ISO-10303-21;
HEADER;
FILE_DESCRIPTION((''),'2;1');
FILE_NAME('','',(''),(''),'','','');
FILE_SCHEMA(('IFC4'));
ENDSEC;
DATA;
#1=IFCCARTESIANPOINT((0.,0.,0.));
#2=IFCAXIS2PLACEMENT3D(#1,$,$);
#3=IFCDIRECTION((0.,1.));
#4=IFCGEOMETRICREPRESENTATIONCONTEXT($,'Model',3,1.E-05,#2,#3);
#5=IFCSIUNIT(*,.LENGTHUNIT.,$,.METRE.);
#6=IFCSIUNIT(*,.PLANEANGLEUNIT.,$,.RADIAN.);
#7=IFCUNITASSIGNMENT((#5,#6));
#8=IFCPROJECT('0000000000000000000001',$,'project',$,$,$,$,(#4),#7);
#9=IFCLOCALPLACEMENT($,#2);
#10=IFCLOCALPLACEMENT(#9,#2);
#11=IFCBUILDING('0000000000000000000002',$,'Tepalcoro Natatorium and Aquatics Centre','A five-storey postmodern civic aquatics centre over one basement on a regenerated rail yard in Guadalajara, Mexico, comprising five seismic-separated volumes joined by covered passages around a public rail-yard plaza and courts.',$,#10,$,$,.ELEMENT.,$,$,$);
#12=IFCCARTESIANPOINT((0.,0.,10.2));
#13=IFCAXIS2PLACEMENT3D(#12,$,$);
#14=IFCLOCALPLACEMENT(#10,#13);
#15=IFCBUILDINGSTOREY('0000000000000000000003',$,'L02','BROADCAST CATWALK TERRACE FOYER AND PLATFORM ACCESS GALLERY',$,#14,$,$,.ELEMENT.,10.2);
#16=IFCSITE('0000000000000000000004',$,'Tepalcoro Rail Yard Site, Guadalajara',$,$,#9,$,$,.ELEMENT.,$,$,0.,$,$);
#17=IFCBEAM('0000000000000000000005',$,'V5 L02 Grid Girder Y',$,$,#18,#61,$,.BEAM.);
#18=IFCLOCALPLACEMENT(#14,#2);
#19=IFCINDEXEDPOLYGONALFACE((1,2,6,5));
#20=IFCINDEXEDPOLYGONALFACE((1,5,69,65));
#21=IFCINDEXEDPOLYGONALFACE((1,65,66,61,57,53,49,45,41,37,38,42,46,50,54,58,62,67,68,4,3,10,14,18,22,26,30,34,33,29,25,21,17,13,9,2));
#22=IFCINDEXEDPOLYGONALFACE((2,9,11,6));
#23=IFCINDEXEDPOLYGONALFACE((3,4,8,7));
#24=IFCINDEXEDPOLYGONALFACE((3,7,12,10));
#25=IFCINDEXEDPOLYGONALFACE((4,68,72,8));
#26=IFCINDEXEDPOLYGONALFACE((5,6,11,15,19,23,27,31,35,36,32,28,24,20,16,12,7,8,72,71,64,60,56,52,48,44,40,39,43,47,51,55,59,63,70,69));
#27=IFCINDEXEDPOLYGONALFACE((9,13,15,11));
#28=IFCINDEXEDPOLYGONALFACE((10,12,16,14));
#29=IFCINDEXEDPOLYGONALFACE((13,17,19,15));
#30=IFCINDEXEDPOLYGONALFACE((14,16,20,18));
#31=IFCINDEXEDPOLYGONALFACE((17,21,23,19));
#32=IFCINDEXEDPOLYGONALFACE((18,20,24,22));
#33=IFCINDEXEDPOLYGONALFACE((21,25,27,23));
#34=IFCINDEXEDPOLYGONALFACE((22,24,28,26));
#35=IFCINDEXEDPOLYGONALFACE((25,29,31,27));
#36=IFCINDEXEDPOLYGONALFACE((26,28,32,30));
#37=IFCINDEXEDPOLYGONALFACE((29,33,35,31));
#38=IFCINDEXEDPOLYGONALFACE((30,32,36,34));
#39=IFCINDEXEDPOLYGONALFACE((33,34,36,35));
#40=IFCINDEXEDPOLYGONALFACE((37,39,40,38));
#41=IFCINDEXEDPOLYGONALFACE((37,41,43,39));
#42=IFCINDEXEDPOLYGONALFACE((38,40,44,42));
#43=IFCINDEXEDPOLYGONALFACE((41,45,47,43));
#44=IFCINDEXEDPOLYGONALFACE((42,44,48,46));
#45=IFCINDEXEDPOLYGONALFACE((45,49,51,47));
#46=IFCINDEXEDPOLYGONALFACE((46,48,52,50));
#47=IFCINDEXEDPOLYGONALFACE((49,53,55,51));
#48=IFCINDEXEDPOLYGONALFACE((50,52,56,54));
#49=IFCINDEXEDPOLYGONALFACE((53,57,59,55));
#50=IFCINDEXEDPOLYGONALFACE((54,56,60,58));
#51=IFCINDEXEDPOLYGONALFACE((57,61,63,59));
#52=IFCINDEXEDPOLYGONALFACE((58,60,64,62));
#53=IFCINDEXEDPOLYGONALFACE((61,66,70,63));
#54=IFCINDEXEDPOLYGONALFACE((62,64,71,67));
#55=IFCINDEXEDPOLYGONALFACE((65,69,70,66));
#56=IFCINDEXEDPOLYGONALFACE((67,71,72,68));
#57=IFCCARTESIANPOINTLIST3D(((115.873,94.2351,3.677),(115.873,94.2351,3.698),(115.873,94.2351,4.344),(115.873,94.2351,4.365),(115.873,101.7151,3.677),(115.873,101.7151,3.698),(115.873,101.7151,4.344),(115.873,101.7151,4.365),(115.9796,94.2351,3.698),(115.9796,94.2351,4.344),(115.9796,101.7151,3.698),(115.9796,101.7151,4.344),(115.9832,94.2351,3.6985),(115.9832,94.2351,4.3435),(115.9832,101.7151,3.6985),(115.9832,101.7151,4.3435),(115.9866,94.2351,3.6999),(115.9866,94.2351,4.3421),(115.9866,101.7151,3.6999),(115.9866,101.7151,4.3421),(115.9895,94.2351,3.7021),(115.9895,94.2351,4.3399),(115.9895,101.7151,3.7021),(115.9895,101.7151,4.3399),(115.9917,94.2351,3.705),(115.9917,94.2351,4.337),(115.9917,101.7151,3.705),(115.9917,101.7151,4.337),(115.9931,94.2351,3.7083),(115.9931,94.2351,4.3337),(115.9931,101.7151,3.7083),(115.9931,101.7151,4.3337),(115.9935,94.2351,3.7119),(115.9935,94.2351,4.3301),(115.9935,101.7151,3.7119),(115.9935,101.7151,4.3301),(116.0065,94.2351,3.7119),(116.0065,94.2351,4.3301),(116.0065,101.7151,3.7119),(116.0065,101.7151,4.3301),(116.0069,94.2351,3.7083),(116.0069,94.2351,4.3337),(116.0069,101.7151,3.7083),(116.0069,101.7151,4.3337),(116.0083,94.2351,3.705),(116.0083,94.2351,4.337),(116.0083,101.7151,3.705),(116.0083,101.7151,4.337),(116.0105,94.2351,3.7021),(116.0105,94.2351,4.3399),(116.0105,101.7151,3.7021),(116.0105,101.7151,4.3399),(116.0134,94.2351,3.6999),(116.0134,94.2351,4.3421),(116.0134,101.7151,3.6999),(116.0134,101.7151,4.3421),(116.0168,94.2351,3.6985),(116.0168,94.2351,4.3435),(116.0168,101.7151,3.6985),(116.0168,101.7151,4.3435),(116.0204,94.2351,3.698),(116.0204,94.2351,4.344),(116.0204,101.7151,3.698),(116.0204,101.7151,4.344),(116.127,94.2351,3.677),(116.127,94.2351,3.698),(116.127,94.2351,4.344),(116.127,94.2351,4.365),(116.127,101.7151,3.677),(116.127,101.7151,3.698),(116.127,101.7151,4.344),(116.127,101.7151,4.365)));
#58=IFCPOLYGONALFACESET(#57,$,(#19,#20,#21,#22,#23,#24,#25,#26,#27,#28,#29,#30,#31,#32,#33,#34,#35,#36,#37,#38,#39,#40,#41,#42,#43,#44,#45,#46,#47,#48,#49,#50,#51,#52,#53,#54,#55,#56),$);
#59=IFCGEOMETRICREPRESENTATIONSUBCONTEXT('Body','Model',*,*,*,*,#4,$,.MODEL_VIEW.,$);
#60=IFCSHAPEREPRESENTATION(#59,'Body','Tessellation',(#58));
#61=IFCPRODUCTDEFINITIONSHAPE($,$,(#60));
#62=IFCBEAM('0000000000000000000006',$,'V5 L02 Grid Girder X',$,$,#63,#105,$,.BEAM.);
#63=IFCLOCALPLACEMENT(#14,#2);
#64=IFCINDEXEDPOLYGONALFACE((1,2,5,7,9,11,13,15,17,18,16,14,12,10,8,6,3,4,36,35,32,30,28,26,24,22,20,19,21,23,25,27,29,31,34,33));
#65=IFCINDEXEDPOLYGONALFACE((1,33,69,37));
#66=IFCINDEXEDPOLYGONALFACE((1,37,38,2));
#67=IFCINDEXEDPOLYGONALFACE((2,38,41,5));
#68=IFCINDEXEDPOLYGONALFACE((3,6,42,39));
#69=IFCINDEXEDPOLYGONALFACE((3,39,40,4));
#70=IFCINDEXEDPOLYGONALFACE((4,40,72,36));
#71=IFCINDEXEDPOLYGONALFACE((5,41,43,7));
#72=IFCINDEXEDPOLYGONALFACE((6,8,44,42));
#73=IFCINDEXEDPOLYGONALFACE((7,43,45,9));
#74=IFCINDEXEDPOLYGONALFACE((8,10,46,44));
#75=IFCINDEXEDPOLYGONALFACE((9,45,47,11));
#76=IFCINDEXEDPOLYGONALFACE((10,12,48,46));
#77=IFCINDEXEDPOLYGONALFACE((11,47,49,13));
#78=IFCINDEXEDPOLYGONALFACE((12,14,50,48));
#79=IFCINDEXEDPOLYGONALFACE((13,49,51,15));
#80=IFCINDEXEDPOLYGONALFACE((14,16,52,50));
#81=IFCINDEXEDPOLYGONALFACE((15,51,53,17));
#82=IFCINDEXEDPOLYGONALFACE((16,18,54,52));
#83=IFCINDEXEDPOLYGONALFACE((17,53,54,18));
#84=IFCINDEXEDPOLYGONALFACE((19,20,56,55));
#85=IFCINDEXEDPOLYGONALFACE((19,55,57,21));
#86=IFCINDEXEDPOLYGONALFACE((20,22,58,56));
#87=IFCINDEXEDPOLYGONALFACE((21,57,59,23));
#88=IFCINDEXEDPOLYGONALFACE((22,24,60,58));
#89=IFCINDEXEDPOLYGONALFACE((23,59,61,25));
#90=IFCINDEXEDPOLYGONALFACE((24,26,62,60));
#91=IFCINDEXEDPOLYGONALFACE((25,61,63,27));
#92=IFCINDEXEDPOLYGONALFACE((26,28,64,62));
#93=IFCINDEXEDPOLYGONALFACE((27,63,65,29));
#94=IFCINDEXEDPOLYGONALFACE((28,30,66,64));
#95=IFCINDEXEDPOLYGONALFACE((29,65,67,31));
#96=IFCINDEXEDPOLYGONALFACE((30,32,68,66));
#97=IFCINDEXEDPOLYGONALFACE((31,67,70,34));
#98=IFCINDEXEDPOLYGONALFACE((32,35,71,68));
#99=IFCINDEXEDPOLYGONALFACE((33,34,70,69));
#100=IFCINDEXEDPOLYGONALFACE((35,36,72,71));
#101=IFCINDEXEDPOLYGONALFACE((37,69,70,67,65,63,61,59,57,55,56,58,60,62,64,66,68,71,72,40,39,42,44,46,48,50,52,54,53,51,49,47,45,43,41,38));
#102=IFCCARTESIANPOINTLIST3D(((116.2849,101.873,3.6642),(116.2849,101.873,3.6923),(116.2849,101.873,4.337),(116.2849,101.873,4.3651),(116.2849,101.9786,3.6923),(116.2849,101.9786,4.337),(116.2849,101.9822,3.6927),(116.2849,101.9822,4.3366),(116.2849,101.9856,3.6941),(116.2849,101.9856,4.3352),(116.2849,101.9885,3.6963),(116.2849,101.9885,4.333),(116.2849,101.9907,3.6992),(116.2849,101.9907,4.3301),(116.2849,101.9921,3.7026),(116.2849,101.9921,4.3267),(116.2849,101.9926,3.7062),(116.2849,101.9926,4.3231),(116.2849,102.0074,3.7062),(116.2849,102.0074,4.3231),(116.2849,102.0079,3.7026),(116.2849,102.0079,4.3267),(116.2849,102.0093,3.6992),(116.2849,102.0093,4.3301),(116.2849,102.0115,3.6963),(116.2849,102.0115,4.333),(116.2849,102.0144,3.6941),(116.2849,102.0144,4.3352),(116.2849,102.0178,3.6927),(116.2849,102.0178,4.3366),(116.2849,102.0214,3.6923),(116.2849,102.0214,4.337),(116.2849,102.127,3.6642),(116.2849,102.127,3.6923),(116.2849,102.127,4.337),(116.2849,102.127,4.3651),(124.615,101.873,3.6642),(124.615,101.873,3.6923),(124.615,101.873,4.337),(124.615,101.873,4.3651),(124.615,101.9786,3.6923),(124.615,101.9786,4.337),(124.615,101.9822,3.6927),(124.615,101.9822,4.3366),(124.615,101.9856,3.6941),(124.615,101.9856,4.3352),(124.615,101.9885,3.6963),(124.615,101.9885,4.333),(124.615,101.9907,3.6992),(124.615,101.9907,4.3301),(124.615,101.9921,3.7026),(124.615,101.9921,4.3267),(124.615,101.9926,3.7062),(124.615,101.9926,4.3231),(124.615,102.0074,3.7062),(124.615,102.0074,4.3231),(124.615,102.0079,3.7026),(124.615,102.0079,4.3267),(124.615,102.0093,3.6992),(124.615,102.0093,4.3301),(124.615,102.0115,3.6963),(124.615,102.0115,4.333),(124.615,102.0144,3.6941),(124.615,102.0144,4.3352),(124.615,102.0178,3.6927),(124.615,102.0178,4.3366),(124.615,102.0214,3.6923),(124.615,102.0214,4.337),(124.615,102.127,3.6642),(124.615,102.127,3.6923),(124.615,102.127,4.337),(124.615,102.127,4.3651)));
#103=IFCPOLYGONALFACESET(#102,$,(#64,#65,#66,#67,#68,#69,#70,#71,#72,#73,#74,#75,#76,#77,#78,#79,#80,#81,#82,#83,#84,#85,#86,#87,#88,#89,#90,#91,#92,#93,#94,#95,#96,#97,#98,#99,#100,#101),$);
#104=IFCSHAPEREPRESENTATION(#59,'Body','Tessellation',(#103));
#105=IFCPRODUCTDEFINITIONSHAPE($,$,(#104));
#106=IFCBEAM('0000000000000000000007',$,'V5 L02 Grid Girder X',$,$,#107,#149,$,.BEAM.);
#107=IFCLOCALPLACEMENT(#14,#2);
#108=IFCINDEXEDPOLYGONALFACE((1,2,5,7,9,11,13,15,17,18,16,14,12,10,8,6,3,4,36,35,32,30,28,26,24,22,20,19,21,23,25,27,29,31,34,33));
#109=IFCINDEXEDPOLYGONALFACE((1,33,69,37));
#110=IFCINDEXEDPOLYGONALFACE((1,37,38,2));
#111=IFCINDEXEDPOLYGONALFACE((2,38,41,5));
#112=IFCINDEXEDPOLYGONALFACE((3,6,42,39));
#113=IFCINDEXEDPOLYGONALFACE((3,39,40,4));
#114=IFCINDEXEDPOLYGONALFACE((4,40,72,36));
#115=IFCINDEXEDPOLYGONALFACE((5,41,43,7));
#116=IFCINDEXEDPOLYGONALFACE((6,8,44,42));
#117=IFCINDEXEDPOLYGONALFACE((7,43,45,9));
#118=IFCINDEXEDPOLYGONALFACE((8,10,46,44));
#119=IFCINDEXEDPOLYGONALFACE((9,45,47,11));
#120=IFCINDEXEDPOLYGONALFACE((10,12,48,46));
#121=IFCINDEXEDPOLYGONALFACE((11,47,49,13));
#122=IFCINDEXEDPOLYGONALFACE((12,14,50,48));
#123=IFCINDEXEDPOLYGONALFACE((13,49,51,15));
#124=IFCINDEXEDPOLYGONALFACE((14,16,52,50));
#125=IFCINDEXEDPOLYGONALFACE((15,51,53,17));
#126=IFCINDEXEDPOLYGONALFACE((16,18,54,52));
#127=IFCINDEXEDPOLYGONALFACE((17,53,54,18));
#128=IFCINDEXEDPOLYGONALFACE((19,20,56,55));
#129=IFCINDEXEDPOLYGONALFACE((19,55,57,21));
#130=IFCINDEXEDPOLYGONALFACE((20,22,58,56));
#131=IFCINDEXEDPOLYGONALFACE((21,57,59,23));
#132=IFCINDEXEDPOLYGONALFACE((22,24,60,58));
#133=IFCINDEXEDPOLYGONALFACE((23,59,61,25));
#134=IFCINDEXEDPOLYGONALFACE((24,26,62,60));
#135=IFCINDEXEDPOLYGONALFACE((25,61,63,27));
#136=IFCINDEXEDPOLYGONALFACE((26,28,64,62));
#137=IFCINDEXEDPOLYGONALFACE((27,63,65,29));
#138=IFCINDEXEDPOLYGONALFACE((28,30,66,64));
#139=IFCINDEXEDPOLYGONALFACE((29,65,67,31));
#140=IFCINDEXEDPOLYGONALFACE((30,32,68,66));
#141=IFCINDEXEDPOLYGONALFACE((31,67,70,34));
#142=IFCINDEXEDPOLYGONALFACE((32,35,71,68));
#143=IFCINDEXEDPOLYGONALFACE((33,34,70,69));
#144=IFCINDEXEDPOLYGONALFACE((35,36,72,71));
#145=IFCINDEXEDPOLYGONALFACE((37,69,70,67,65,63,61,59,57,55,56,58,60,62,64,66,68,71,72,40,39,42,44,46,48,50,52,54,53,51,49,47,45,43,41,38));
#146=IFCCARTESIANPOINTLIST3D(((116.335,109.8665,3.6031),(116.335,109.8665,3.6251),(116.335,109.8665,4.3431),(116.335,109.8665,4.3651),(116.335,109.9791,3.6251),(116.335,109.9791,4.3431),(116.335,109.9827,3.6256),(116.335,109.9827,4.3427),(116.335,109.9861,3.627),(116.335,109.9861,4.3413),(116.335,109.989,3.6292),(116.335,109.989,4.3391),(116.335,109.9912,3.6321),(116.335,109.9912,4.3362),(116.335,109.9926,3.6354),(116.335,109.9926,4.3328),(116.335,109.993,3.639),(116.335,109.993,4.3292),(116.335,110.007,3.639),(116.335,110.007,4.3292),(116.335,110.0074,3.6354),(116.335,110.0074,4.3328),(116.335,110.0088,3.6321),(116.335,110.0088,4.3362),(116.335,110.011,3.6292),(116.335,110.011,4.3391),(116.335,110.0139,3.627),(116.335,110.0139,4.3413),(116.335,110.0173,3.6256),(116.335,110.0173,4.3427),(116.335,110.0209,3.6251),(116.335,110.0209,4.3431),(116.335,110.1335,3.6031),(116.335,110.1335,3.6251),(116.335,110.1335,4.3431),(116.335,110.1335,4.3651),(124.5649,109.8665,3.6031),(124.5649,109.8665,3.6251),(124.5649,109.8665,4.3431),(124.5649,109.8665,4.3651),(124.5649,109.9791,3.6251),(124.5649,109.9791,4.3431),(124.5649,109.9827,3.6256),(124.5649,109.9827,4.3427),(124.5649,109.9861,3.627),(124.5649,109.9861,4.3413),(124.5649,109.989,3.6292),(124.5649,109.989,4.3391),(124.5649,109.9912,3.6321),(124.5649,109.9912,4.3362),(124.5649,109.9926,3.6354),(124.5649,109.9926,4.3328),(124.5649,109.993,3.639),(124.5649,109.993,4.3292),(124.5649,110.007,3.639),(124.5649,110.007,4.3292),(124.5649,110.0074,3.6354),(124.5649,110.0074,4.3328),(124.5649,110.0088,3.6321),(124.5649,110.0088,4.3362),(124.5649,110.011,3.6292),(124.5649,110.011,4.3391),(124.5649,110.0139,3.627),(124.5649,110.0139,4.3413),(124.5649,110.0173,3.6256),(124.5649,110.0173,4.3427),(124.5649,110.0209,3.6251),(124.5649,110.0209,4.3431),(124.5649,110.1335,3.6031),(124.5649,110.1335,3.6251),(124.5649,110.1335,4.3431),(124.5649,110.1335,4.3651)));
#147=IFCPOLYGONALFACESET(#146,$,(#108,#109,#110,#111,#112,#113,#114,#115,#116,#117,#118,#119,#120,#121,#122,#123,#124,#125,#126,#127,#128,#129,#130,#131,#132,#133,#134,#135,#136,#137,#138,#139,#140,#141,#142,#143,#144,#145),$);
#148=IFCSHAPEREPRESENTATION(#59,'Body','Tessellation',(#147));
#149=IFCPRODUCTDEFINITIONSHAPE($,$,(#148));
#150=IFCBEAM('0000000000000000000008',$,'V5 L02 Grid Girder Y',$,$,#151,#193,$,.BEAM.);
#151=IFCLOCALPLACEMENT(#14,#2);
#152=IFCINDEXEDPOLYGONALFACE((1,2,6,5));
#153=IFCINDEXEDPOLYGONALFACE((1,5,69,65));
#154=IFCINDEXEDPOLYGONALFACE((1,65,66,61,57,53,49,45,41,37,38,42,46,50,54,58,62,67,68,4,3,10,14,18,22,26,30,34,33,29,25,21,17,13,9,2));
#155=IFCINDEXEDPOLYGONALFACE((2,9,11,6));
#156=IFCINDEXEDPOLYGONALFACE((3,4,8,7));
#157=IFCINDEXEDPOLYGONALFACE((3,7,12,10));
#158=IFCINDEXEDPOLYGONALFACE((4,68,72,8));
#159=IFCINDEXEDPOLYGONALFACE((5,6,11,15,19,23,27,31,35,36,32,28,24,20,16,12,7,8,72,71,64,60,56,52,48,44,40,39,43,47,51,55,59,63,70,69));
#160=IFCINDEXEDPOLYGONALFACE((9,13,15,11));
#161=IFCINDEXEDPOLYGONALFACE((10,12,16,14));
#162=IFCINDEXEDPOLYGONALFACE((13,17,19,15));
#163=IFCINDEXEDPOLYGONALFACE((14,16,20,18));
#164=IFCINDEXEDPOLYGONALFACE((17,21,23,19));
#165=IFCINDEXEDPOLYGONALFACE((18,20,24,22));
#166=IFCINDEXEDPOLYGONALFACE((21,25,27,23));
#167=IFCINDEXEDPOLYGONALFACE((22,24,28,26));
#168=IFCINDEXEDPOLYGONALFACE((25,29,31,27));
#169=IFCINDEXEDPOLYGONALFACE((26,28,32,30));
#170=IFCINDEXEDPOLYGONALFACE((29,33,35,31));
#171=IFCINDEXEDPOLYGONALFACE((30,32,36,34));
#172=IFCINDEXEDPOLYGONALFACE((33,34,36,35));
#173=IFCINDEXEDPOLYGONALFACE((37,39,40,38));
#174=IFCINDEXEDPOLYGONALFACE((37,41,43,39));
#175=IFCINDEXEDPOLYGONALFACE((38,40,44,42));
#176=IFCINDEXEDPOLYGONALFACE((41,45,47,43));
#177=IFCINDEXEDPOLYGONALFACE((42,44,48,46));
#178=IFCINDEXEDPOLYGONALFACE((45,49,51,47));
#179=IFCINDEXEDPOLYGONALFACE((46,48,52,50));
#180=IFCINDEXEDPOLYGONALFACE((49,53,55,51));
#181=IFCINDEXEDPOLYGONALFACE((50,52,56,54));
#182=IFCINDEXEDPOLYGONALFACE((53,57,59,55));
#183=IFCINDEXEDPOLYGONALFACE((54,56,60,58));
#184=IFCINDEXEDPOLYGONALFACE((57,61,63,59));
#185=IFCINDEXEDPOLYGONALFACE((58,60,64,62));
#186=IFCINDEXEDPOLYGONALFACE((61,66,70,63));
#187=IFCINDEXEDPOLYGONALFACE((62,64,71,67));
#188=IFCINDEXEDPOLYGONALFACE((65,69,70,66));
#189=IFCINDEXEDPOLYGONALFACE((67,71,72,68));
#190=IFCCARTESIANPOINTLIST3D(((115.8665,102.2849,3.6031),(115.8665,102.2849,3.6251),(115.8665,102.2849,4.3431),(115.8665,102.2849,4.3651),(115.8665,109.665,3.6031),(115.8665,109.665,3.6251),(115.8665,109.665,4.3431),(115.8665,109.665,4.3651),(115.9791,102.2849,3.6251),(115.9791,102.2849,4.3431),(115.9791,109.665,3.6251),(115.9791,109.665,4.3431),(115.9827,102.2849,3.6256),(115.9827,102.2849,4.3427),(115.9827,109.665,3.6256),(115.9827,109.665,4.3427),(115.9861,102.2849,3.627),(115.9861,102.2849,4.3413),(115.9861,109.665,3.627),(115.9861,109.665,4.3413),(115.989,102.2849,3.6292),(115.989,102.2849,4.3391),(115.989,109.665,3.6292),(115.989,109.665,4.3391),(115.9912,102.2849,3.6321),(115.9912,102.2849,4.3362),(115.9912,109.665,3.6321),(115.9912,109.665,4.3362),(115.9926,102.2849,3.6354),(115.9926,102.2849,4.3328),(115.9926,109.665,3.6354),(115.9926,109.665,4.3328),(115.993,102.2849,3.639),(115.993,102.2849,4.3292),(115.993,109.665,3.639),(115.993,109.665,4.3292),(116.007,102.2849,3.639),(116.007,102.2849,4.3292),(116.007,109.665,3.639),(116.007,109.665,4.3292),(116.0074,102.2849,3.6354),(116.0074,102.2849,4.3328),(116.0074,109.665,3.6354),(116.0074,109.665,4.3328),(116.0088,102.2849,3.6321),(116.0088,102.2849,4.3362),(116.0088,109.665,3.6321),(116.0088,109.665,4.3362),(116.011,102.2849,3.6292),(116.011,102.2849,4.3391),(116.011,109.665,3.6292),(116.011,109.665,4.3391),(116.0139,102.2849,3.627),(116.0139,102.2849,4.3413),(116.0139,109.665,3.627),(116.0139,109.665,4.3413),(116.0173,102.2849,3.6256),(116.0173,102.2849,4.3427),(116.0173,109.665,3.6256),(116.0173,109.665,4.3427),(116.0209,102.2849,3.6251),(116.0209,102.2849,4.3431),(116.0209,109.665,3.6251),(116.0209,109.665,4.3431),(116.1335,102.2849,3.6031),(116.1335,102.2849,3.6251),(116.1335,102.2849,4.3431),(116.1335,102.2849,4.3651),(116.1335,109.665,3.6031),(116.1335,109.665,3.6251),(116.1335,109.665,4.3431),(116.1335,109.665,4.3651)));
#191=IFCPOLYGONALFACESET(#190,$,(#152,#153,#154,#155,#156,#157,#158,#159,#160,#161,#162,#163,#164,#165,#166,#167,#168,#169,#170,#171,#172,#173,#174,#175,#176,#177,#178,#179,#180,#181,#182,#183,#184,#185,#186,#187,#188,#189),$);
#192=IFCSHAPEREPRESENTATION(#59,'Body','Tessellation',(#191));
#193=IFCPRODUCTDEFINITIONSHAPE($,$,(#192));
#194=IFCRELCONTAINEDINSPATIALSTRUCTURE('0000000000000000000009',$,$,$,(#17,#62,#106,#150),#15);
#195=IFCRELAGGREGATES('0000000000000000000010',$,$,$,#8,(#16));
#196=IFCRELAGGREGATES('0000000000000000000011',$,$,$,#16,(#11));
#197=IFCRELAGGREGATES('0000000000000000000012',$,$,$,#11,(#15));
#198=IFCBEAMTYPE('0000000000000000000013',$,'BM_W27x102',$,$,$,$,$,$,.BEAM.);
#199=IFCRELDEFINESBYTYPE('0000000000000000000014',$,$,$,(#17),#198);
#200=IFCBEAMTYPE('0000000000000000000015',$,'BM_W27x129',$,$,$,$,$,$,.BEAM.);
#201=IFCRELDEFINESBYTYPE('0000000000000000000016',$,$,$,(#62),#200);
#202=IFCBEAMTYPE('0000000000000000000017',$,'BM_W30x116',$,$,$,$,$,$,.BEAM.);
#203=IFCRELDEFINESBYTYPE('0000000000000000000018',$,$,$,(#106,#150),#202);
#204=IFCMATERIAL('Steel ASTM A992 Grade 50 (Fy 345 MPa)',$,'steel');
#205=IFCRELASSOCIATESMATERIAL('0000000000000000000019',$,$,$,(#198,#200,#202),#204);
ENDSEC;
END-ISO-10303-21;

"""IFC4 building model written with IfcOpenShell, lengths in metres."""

from ifc_helpers import new_model, si_unit, direction, frame, origin, origin_2d, place, context, subcontext, project, spatial, i_section, extrude, material, material_profile, profile_set, type_object, element, save


model = new_model("IFC4")

# Units and contexts
model_context = context("Model", 3, precision=1e-05, world=origin(), true_north=direction((0.0, 1.0)))
body_context = subcontext(model_context, "Body", "Model", "MODEL_VIEW")
ifc_project = project(units=[si_unit("LENGTHUNIT", "METRE"), si_unit("PLANEANGLEUNIT", "RADIAN")], contexts=[model_context])

# Site, building, storey
site_placement = place(None, origin())
site = spatial("IfcSite", under=ifc_project, at=site_placement, Name="Tepalcoro Rail Yard Site, Guadalajara", CompositionType="ELEMENT", RefElevation=0.0)
building_placement = place(site_placement, origin())
building = spatial("IfcBuilding", under=site, at=building_placement, Name="Tepalcoro Natatorium and Aquatics Centre", Description="A five-storey postmodern civic aquatics centre over one basement on a regenerated rail yard in Guadalajara, Mexico, comprising five seismic-separated volumes joined by covered passages around a public rail-yard plaza and courts.", CompositionType="ELEMENT")
storey_placement = place(building_placement, frame((0.0, 0.0, 10.2)))
storey = spatial("IfcBuildingStorey", under=building, at=storey_placement, Name="L02", Description="BROADCAST CATWALK TERRACE FOYER AND PLATFORM ACCESS GALLERY", CompositionType="ELEMENT", Elevation=10.2)

# Beams
ifc_material_1 = material(Name="Steel ASTM A992 Grade 50 (Fy 345 MPa)", Category="steel")
ifc_material_profile_1 = material_profile(ifc_material_1, i_section(OverallWidth=0.2539, OverallDepth=0.688, WebThickness=0.0129, FlangeThickness=0.021, FilletRadius=0.0139, at=origin_2d()), Name="W27X102")
ifc_profile_set_1 = profile_set([ifc_material_profile_1], Name="Steel ASTM A992 Grade 50 (Fy 345 MPa)")
beam_type_1 = type_object("IfcBeamType", Name="BM_W27x102", PredefinedType="BEAM", material=ifc_profile_set_1)
beam_1_placement = place(storey_placement, frame((116.0, 94.2351, 4.021), z_axis=(0.0, 1.0, 0.0), x_axis=(-1.0, 0.0, 0.0)))
element("IfcBeam", 1, at=beam_1_placement, inside=storey, type_object=beam_type_1, Name="V5 L02 Grid Girder Y", PredefinedType="BEAM", context=body_context, shape_type="SweptSolid", body=[
    extrude(i_section(OverallWidth=0.2539, OverallDepth=0.688, WebThickness=0.0129, FlangeThickness=0.021, FilletRadius=0.0139, at=origin_2d()), origin(), (0.0, 0.0, 1.0), 7.48),
])
ifc_material_profile_2 = material_profile(ifc_material_1, i_section(OverallWidth=0.2539, OverallDepth=0.7009, WebThickness=0.0149, FlangeThickness=0.0281, FilletRadius=0.0139, at=origin_2d()), Name="W27X129")
ifc_profile_set_2 = profile_set([ifc_material_profile_2], Name="Steel ASTM A992 Grade 50 (Fy 345 MPa)")
beam_type_2 = type_object("IfcBeamType", Name="BM_W27x129", PredefinedType="BEAM", material=ifc_profile_set_2)
beam_2_placement = place(storey_placement, frame((116.2849, 102.0, 4.0146), z_axis=(1.0, 0.0, 0.0), x_axis=(0.0, 1.0, 0.0)))
element("IfcBeam", 2, at=beam_2_placement, inside=storey, type_object=beam_type_2, Name="V5 L02 Grid Girder X", PredefinedType="BEAM", context=body_context, shape_type="SweptSolid", body=[
    extrude(i_section(OverallWidth=0.2539, OverallDepth=0.7009, WebThickness=0.0149, FlangeThickness=0.0281, FilletRadius=0.0139, at=origin_2d()), origin(), (0.0, 0.0, 1.0), 8.3301),
])
ifc_material_profile_3 = material_profile(ifc_material_1, i_section(OverallWidth=0.2671, OverallDepth=0.762, WebThickness=0.0139, FlangeThickness=0.022, FilletRadius=0.0139, at=origin_2d()), Name="W30X116")
ifc_profile_set_3 = profile_set([ifc_material_profile_3], Name="Steel ASTM A992 Grade 50 (Fy 345 MPa)")
beam_type_3 = type_object("IfcBeamType", Name="BM_W30x116", PredefinedType="BEAM", material=ifc_profile_set_3)
beam_3_placement = place(storey_placement, frame((116.335, 110.0, 3.9841), z_axis=(1.0, 0.0, 0.0), x_axis=(0.0, 1.0, 0.0)))
element("IfcBeam", 3, at=beam_3_placement, inside=storey, type_object=beam_type_3, Name="V5 L02 Grid Girder X", PredefinedType="BEAM", context=body_context, shape_type="SweptSolid", body=[
    extrude(i_section(OverallWidth=0.2671, OverallDepth=0.762, WebThickness=0.0139, FlangeThickness=0.022, FilletRadius=0.0139, at=origin_2d()), origin(), (0.0, 0.0, 1.0), 8.23),
])
beam_4_placement = place(storey_placement, frame((116.0, 102.2849, 3.9841), z_axis=(0.0, 1.0, 0.0), x_axis=(-1.0, 0.0, 0.0)))
element("IfcBeam", 4, at=beam_4_placement, inside=storey, type_object=beam_type_3, Name="V5 L02 Grid Girder Y", PredefinedType="BEAM", context=body_context, shape_type="SweptSolid", body=[
    extrude(i_section(OverallWidth=0.2671, OverallDepth=0.762, WebThickness=0.0139, FlangeThickness=0.022, FilletRadius=0.0139, at=origin_2d()), origin(), (0.0, 0.0, 1.0), 7.3801),
])

save(model, "model.ifc")
